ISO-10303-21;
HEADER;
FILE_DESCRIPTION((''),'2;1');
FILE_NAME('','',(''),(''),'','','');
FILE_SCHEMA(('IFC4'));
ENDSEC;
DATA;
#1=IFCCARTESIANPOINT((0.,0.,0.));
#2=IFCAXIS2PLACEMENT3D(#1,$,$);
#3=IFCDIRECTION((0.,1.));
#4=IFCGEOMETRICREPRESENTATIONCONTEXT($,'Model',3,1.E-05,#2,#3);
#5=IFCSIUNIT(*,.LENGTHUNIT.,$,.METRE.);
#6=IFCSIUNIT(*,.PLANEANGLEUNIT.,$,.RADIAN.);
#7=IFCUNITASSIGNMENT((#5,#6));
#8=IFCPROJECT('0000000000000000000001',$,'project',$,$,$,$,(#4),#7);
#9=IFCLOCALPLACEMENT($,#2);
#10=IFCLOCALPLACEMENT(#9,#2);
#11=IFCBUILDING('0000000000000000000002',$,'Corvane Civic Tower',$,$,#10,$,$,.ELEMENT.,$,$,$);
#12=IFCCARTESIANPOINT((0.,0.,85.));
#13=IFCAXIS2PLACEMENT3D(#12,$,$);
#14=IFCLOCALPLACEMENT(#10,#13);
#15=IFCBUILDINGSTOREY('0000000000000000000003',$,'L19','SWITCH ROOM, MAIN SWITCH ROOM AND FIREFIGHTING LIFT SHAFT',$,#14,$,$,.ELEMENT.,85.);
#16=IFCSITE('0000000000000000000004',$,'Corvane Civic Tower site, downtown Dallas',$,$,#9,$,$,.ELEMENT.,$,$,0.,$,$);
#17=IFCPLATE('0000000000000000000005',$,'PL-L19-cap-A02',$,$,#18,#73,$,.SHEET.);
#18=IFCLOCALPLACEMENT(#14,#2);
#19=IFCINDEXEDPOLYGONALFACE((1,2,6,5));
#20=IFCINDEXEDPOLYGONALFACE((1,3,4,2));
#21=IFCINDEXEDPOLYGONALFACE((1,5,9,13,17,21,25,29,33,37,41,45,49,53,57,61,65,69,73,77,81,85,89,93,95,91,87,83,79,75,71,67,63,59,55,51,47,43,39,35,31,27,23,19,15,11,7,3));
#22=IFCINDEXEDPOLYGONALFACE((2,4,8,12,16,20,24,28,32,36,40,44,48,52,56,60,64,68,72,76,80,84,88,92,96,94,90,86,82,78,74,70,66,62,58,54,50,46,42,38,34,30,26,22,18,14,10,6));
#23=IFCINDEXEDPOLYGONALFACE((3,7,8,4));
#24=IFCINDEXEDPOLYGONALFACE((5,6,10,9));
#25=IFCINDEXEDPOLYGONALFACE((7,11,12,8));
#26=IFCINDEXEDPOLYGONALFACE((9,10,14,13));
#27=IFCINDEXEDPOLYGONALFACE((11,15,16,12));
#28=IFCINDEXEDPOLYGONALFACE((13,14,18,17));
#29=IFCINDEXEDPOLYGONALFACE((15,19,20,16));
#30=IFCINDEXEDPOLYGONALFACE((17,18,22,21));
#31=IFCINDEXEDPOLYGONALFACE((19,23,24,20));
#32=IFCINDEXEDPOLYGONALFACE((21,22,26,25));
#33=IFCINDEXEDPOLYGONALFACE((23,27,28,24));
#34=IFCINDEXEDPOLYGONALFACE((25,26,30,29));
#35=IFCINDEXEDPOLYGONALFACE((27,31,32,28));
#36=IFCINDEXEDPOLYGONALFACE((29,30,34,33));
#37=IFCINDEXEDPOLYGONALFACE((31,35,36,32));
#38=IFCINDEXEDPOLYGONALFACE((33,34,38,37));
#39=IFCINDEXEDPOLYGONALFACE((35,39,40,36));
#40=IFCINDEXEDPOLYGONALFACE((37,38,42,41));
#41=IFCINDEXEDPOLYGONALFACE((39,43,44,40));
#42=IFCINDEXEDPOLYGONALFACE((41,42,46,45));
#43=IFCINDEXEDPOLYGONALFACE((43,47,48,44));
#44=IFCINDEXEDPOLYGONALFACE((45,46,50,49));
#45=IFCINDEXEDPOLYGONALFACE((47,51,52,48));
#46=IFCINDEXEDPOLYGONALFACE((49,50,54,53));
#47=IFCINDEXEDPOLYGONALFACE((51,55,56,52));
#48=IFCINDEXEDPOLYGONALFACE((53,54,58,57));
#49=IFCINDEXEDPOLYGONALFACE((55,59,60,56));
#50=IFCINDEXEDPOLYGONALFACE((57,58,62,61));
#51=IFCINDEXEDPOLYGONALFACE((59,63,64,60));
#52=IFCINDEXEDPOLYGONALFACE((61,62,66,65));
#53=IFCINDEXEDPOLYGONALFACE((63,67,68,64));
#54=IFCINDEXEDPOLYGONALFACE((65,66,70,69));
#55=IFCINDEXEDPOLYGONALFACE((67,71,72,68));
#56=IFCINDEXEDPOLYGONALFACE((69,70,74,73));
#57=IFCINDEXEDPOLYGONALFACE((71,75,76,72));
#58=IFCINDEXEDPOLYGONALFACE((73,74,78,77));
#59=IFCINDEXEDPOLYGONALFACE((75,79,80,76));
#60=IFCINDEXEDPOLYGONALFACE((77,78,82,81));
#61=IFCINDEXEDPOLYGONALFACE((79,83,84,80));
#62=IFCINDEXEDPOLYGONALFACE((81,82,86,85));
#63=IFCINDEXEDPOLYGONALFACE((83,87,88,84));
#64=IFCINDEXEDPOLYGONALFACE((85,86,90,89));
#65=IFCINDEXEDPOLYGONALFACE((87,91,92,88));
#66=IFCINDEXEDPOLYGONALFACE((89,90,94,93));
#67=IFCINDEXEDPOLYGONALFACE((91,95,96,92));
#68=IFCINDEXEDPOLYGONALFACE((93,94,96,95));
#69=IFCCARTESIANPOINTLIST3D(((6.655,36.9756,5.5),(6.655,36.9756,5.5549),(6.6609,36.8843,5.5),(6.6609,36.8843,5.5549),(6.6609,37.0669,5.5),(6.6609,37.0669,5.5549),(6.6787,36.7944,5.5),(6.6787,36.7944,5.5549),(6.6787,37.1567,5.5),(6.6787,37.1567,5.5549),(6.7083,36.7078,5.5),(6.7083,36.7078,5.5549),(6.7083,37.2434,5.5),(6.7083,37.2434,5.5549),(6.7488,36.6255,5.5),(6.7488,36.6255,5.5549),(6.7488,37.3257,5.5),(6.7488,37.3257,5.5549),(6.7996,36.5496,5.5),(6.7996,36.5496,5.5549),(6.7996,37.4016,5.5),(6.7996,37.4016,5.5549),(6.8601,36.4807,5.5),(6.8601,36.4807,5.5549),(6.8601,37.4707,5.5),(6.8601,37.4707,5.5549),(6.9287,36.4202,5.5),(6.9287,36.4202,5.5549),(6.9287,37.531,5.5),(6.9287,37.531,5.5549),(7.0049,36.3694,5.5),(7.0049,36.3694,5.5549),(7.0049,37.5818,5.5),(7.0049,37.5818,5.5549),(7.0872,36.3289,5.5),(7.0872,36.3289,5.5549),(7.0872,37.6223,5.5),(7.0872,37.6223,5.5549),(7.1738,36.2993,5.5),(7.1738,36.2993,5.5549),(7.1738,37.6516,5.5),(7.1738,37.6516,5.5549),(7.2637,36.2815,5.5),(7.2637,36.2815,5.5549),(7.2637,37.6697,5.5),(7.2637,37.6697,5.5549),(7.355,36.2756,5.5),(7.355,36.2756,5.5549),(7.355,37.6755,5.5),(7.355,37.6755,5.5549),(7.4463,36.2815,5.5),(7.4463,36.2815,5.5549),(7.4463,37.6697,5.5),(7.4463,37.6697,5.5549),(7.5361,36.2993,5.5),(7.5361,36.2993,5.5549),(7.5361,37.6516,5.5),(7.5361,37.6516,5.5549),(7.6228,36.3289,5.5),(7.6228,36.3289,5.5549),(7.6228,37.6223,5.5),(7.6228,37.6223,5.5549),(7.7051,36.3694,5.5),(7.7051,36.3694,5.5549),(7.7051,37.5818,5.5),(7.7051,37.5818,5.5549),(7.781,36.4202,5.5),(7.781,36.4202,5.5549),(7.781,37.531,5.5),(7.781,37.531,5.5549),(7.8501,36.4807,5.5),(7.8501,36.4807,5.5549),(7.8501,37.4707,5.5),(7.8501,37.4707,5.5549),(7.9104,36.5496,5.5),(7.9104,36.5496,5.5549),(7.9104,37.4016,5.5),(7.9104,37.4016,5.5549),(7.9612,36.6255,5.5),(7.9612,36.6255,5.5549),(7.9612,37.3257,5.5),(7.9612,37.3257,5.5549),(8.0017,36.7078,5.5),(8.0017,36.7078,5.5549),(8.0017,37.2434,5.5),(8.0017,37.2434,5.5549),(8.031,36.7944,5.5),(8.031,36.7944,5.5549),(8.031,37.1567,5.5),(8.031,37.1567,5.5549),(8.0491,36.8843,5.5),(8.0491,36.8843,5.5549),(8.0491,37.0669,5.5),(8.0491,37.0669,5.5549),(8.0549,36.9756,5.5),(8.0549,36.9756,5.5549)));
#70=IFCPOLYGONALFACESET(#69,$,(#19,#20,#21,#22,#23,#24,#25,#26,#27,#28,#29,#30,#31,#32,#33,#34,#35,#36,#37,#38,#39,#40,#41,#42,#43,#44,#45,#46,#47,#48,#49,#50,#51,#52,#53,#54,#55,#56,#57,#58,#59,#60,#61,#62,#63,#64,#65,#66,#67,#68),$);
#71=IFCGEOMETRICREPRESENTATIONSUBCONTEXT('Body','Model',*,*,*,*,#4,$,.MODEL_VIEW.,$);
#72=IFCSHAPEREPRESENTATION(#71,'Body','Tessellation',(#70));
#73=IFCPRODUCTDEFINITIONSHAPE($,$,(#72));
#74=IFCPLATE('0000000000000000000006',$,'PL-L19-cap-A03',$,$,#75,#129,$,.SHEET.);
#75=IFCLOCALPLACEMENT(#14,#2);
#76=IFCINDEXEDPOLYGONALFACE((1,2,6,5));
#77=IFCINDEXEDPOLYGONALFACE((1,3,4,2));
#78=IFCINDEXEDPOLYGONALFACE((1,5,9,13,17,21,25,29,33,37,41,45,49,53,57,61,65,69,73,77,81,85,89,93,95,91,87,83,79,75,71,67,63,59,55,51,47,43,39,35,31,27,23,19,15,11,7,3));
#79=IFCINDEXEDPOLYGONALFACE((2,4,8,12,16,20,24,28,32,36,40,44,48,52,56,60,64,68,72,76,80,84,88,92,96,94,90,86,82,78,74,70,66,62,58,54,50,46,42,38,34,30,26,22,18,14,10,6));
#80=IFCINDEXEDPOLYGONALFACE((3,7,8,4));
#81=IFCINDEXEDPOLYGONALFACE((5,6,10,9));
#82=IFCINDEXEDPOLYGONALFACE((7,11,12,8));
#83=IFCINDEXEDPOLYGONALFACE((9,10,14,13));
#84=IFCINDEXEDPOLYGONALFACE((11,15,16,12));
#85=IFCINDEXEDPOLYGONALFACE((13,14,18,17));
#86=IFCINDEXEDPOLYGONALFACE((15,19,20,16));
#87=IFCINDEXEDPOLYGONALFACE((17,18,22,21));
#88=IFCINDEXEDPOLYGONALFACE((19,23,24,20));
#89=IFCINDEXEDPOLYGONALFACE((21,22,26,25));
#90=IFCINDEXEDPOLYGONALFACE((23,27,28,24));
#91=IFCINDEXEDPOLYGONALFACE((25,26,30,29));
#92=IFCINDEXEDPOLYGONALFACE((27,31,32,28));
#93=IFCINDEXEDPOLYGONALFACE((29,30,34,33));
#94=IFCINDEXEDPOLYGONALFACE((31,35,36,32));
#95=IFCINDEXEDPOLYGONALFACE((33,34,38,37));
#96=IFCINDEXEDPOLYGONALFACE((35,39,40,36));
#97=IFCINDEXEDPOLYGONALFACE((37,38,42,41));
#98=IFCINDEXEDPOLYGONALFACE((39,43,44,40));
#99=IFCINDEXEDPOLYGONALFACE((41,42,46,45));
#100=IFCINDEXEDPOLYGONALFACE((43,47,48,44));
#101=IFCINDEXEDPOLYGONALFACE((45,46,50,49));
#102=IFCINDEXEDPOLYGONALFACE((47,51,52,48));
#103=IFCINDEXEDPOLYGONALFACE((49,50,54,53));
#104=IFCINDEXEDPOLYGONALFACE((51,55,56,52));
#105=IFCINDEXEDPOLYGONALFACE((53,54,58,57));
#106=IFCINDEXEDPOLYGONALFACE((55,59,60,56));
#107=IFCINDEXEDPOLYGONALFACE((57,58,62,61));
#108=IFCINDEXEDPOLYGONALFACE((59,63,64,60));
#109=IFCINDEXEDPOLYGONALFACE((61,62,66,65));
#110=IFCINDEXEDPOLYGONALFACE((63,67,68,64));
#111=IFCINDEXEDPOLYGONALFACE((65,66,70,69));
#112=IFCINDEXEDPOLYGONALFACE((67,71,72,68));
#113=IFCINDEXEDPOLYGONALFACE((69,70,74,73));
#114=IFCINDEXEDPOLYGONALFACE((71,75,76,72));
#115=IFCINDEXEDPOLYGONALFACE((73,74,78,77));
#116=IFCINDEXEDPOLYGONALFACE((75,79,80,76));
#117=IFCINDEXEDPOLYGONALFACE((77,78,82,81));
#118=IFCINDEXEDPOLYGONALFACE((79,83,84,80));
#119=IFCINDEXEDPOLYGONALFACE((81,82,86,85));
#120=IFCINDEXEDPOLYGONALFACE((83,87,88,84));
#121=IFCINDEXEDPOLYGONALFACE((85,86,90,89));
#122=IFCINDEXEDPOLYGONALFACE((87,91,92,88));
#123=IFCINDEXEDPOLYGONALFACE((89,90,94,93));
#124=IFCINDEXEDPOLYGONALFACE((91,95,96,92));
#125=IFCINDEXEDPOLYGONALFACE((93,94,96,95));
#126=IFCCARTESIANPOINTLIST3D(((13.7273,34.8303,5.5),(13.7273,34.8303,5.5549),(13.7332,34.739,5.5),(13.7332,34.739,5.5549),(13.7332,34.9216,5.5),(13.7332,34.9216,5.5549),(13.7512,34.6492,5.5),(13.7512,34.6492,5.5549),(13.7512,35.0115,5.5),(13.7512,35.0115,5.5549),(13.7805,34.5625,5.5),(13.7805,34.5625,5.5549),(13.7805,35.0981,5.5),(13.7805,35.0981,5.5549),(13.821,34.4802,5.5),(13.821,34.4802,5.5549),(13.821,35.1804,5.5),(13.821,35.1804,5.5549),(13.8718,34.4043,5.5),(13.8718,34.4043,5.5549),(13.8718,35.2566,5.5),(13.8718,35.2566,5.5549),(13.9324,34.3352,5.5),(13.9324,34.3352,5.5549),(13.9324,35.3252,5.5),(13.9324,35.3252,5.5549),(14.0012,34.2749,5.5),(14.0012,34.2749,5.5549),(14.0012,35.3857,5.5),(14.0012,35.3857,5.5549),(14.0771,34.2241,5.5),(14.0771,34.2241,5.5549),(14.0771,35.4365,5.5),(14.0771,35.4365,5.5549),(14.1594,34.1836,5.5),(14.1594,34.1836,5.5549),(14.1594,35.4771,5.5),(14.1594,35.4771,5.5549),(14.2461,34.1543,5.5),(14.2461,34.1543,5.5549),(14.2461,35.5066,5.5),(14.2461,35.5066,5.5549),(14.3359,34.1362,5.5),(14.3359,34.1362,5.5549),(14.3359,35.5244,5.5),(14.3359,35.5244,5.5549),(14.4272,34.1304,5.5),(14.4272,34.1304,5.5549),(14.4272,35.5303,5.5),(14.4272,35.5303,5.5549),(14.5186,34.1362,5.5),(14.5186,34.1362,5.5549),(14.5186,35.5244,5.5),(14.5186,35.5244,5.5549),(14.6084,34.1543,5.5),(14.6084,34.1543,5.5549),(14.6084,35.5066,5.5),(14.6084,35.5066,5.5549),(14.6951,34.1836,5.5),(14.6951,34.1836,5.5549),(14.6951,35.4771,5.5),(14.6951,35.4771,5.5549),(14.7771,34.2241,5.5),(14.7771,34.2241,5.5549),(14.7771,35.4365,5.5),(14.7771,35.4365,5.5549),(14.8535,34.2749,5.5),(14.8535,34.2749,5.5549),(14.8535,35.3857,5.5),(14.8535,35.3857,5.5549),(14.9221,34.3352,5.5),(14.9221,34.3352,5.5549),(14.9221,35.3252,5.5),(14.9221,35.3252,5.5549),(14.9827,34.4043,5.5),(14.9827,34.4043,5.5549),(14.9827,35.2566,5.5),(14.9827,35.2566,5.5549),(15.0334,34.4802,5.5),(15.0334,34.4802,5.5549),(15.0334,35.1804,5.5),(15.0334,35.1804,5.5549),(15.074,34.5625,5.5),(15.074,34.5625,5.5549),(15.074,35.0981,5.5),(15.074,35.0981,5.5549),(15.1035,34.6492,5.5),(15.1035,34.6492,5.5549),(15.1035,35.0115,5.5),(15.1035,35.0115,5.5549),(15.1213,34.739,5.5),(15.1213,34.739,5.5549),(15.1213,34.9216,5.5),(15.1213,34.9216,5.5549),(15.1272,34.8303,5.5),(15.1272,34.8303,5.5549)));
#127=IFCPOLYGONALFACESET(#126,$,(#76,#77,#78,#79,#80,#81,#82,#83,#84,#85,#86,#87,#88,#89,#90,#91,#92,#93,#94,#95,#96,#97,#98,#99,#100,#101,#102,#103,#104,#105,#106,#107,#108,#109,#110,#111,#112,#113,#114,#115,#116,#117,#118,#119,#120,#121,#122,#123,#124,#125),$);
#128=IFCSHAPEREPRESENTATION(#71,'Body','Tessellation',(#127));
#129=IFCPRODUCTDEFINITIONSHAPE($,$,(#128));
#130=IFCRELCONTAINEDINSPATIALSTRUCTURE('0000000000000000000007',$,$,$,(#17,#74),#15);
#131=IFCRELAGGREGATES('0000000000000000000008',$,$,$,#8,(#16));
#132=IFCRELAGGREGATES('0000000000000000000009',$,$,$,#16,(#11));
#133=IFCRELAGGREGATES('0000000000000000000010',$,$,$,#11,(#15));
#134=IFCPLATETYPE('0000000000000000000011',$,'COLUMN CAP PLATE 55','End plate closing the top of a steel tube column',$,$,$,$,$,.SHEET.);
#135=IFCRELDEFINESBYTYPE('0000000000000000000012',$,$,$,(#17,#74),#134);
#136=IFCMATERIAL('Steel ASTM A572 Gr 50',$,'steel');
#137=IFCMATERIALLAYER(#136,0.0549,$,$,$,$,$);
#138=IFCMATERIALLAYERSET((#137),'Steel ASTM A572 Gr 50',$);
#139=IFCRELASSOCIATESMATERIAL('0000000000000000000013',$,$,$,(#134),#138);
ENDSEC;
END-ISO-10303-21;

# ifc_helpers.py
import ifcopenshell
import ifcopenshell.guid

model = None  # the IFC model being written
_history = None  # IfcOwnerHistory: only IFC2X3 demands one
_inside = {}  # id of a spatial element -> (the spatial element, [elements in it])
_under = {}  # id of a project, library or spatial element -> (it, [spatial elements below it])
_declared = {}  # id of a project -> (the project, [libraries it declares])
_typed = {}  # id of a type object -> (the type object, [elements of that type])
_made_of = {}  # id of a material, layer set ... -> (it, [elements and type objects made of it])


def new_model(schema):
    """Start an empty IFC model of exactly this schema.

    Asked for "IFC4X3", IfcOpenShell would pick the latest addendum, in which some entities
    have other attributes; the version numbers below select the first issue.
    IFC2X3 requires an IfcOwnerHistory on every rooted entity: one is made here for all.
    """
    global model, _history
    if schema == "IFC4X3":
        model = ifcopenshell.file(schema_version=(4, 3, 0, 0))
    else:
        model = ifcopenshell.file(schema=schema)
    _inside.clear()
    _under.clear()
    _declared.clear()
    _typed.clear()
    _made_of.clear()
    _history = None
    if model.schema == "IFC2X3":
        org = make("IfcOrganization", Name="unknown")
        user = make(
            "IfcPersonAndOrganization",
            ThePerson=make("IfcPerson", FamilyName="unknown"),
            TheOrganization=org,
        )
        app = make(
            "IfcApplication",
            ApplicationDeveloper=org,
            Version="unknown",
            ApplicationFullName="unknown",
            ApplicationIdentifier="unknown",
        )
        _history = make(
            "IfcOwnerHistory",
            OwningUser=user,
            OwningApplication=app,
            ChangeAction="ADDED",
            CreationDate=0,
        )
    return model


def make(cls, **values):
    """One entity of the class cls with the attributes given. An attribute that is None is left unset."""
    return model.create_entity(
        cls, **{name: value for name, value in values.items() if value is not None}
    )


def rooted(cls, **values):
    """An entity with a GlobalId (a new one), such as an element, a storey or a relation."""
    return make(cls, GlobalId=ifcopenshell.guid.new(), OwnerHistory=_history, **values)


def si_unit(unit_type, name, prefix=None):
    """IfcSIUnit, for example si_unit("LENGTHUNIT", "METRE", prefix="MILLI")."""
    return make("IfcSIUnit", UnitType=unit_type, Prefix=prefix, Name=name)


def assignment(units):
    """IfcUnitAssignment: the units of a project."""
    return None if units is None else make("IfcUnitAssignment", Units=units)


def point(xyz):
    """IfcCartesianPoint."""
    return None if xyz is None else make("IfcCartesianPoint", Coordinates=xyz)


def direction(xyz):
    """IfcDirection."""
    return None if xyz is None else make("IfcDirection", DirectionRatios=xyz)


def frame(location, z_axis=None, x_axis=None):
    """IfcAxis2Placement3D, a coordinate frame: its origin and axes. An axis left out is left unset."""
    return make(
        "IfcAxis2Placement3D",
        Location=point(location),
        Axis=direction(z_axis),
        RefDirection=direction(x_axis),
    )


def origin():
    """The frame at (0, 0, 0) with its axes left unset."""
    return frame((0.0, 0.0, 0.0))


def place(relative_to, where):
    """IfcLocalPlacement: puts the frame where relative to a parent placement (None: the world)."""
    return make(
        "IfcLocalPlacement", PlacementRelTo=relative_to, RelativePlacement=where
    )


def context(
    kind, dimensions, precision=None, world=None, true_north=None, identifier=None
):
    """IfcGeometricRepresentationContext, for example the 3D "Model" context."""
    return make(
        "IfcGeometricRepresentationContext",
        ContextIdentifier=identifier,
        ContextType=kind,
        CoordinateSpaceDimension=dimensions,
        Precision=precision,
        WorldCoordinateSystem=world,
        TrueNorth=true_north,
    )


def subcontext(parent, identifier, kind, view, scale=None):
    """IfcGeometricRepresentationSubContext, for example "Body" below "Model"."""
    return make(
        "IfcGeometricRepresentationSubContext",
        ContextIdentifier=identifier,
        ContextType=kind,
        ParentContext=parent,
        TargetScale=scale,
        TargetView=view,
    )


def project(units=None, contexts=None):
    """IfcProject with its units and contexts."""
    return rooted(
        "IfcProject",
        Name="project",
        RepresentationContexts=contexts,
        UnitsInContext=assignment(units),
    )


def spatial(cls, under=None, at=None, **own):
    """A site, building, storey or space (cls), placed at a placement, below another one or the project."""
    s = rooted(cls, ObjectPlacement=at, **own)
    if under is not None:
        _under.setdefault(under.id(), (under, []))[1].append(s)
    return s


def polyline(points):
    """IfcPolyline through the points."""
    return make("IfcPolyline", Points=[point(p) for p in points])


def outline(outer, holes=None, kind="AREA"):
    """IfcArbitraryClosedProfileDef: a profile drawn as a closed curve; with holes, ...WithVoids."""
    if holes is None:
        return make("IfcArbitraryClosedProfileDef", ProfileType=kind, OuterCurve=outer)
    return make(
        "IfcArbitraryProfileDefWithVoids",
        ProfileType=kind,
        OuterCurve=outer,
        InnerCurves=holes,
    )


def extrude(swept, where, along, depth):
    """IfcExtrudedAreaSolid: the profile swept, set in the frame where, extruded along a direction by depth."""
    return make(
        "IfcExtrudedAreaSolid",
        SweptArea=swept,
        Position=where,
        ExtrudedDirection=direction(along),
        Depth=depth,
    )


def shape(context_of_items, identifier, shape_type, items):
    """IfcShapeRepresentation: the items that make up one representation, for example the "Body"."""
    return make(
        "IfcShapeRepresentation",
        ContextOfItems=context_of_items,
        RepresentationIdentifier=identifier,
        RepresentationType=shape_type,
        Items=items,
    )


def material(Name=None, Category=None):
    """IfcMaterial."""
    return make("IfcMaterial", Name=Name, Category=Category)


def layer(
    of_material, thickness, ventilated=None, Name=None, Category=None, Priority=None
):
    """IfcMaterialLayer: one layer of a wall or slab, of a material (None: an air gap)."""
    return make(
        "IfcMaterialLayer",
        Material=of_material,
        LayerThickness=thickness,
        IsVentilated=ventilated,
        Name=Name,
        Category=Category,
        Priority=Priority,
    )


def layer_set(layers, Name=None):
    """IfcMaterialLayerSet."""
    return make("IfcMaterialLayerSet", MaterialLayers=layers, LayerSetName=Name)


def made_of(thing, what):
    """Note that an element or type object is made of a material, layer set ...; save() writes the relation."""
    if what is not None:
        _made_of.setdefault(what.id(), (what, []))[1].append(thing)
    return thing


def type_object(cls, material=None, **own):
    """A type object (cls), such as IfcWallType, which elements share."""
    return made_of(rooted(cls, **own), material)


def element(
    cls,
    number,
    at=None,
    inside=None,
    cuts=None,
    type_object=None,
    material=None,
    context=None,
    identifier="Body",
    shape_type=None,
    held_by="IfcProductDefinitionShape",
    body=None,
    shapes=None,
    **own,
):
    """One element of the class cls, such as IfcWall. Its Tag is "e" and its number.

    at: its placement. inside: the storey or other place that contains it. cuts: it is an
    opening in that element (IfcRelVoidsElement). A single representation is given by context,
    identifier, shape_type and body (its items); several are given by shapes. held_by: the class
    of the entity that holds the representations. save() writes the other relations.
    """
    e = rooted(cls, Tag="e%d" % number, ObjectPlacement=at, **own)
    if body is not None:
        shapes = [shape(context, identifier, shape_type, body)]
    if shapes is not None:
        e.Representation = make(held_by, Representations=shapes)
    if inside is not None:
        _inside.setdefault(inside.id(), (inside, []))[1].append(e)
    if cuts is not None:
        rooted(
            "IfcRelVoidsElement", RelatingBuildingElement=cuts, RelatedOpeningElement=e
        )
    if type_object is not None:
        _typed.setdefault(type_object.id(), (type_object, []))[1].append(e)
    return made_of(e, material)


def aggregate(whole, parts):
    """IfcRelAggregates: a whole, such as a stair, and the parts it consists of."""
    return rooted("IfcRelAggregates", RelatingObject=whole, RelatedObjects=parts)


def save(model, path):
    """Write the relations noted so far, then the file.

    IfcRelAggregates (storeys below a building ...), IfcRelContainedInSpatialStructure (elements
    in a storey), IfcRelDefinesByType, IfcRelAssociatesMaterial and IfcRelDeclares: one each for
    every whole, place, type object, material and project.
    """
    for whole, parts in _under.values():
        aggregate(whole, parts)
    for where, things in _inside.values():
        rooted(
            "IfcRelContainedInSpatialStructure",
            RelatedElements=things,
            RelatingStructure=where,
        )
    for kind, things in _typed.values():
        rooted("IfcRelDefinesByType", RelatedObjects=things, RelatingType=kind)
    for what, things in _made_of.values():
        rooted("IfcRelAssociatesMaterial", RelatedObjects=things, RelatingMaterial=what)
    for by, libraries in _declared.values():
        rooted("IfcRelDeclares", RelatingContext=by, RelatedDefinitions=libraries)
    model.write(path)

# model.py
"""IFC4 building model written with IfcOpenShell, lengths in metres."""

from ifc_helpers import new_model, si_unit, direction, frame, origin, place, context, subcontext, project, spatial, polyline, outline, extrude, material, layer, layer_set, type_object, element, save


model = new_model("IFC4")

# Units and contexts
model_context = context("Model", 3, precision=1e-05, world=origin(), true_north=direction((0.0, 1.0)))
body_context = subcontext(model_context, "Body", "Model", "MODEL_VIEW")
ifc_project = project(units=[si_unit("LENGTHUNIT", "METRE"), si_unit("PLANEANGLEUNIT", "RADIAN")], contexts=[model_context])

# Site, building, storey
site_placement = place(None, origin())
site = spatial("IfcSite", under=ifc_project, at=site_placement, Name="Corvane Civic Tower site, downtown Dallas", CompositionType="ELEMENT", RefElevation=0.0)
building_placement = place(site_placement, origin())
building = spatial("IfcBuilding", under=site, at=building_placement, Name="Corvane Civic Tower", CompositionType="ELEMENT")
storey_placement = place(building_placement, frame((0.0, 0.0, 85.0)))
storey = spatial("IfcBuildingStorey", under=building, at=storey_placement, Name="L19", Description="SWITCH ROOM, MAIN SWITCH ROOM AND FIREFIGHTING LIFT SHAFT", CompositionType="ELEMENT", Elevation=85.0)

# Plates
ifc_material_1 = material(Name="Steel ASTM A572 Gr 50", Category="steel")
ifc_layer_1 = layer(ifc_material_1, 0.0549)
ifc_layer_set_1 = layer_set([ifc_layer_1], Name="Steel ASTM A572 Gr 50")
plate_type = type_object("IfcPlateType", Name="COLUMN CAP PLATE 55", Description="End plate closing the top of a steel tube column", PredefinedType="SHEET", material=ifc_layer_set_1)
plate_1_placement = place(storey_placement, frame((0.0, 0.0, 5.5)))
element("IfcPlate", 1, at=plate_1_placement, inside=storey, type_object=plate_type, Name="PL-L19-cap-A02", PredefinedType="SHEET", context=body_context, shape_type="SweptSolid", body=[
    extrude(outline(polyline([(8.0549, 36.9756), (8.0491, 37.0669), (8.031, 37.1567), (8.0017, 37.2434), (7.9612, 37.3257), (7.9104, 37.4016), (7.8501, 37.4707), (7.781, 37.531), (7.7051, 37.5818), (7.6228, 37.6223), (7.5361, 37.6516), (7.4463, 37.6697), (7.355, 37.6755), (7.2637, 37.6697), (7.1738, 37.6516), (7.0872, 37.6223), (7.0049, 37.5818), (6.9287, 37.531), (6.8601, 37.4707), (6.7996, 37.4016), (6.7488, 37.3257), (6.7083, 37.2434), (6.6787, 37.1567), (6.6609, 37.0669), (6.655, 36.9756), (6.6609, 36.8843), (6.6787, 36.7944), (6.7083, 36.7078), (6.7488, 36.6255), (6.7996, 36.5496), (6.8601, 36.4807), (6.9287, 36.4202), (7.0049, 36.3694), (7.0872, 36.3289), (7.1738, 36.2993), (7.2637, 36.2815), (7.355, 36.2756), (7.4463, 36.2815), (7.5361, 36.2993), (7.6228, 36.3289), (7.7051, 36.3694), (7.781, 36.4202), (7.8501, 36.4807), (7.9104, 36.5496), (7.9612, 36.6255), (8.0017, 36.7078), (8.031, 36.7944), (8.0491, 36.8843), (8.0549, 36.9756)])), origin(), (0.0, 0.0, 1.0), 0.0549),
])
plate_2_placement = place(storey_placement, frame((0.0, 0.0, 5.5)))
element("IfcPlate", 2, at=plate_2_placement, inside=storey, type_object=plate_type, Name="PL-L19-cap-A03", PredefinedType="SHEET", context=body_context, shape_type="SweptSolid", body=[
    extrude(outline(polyline([(15.1272, 34.8303), (15.1213, 34.9216), (15.1035, 35.0115), (15.074, 35.0981), (15.0334, 35.1804), (14.9827, 35.2566), (14.9221, 35.3252), (14.8535, 35.3857), (14.7771, 35.4365), (14.6951, 35.4771), (14.6084, 35.5066), (14.5186, 35.5244), (14.4272, 35.5303), (14.3359, 35.5244), (14.2461, 35.5066), (14.1594, 35.4771), (14.0771, 35.4365), (14.0012, 35.3857), (13.9324, 35.3252), (13.8718, 35.2566), (13.821, 35.1804), (13.7805, 35.0981), (13.7512, 35.0115), (13.7332, 34.9216), (13.7273, 34.8303), (13.7332, 34.739), (13.7512, 34.6492), (13.7805, 34.5625), (13.821, 34.4802), (13.8718, 34.4043), (13.9324, 34.3352), (14.0012, 34.2749), (14.0771, 34.2241), (14.1594, 34.1836), (14.2461, 34.1543), (14.3359, 34.1362), (14.4272, 34.1304), (14.5186, 34.1362), (14.6084, 34.1543), (14.6951, 34.1836), (14.7771, 34.2241), (14.8535, 34.2749), (14.9221, 34.3352), (14.9827, 34.4043), (15.0334, 34.4802), (15.074, 34.5625), (15.1035, 34.6492), (15.1213, 34.739), (15.1272, 34.8303)])), origin(), (0.0, 0.0, 1.0), 0.0549),
])

save(model, "model.ifc")
